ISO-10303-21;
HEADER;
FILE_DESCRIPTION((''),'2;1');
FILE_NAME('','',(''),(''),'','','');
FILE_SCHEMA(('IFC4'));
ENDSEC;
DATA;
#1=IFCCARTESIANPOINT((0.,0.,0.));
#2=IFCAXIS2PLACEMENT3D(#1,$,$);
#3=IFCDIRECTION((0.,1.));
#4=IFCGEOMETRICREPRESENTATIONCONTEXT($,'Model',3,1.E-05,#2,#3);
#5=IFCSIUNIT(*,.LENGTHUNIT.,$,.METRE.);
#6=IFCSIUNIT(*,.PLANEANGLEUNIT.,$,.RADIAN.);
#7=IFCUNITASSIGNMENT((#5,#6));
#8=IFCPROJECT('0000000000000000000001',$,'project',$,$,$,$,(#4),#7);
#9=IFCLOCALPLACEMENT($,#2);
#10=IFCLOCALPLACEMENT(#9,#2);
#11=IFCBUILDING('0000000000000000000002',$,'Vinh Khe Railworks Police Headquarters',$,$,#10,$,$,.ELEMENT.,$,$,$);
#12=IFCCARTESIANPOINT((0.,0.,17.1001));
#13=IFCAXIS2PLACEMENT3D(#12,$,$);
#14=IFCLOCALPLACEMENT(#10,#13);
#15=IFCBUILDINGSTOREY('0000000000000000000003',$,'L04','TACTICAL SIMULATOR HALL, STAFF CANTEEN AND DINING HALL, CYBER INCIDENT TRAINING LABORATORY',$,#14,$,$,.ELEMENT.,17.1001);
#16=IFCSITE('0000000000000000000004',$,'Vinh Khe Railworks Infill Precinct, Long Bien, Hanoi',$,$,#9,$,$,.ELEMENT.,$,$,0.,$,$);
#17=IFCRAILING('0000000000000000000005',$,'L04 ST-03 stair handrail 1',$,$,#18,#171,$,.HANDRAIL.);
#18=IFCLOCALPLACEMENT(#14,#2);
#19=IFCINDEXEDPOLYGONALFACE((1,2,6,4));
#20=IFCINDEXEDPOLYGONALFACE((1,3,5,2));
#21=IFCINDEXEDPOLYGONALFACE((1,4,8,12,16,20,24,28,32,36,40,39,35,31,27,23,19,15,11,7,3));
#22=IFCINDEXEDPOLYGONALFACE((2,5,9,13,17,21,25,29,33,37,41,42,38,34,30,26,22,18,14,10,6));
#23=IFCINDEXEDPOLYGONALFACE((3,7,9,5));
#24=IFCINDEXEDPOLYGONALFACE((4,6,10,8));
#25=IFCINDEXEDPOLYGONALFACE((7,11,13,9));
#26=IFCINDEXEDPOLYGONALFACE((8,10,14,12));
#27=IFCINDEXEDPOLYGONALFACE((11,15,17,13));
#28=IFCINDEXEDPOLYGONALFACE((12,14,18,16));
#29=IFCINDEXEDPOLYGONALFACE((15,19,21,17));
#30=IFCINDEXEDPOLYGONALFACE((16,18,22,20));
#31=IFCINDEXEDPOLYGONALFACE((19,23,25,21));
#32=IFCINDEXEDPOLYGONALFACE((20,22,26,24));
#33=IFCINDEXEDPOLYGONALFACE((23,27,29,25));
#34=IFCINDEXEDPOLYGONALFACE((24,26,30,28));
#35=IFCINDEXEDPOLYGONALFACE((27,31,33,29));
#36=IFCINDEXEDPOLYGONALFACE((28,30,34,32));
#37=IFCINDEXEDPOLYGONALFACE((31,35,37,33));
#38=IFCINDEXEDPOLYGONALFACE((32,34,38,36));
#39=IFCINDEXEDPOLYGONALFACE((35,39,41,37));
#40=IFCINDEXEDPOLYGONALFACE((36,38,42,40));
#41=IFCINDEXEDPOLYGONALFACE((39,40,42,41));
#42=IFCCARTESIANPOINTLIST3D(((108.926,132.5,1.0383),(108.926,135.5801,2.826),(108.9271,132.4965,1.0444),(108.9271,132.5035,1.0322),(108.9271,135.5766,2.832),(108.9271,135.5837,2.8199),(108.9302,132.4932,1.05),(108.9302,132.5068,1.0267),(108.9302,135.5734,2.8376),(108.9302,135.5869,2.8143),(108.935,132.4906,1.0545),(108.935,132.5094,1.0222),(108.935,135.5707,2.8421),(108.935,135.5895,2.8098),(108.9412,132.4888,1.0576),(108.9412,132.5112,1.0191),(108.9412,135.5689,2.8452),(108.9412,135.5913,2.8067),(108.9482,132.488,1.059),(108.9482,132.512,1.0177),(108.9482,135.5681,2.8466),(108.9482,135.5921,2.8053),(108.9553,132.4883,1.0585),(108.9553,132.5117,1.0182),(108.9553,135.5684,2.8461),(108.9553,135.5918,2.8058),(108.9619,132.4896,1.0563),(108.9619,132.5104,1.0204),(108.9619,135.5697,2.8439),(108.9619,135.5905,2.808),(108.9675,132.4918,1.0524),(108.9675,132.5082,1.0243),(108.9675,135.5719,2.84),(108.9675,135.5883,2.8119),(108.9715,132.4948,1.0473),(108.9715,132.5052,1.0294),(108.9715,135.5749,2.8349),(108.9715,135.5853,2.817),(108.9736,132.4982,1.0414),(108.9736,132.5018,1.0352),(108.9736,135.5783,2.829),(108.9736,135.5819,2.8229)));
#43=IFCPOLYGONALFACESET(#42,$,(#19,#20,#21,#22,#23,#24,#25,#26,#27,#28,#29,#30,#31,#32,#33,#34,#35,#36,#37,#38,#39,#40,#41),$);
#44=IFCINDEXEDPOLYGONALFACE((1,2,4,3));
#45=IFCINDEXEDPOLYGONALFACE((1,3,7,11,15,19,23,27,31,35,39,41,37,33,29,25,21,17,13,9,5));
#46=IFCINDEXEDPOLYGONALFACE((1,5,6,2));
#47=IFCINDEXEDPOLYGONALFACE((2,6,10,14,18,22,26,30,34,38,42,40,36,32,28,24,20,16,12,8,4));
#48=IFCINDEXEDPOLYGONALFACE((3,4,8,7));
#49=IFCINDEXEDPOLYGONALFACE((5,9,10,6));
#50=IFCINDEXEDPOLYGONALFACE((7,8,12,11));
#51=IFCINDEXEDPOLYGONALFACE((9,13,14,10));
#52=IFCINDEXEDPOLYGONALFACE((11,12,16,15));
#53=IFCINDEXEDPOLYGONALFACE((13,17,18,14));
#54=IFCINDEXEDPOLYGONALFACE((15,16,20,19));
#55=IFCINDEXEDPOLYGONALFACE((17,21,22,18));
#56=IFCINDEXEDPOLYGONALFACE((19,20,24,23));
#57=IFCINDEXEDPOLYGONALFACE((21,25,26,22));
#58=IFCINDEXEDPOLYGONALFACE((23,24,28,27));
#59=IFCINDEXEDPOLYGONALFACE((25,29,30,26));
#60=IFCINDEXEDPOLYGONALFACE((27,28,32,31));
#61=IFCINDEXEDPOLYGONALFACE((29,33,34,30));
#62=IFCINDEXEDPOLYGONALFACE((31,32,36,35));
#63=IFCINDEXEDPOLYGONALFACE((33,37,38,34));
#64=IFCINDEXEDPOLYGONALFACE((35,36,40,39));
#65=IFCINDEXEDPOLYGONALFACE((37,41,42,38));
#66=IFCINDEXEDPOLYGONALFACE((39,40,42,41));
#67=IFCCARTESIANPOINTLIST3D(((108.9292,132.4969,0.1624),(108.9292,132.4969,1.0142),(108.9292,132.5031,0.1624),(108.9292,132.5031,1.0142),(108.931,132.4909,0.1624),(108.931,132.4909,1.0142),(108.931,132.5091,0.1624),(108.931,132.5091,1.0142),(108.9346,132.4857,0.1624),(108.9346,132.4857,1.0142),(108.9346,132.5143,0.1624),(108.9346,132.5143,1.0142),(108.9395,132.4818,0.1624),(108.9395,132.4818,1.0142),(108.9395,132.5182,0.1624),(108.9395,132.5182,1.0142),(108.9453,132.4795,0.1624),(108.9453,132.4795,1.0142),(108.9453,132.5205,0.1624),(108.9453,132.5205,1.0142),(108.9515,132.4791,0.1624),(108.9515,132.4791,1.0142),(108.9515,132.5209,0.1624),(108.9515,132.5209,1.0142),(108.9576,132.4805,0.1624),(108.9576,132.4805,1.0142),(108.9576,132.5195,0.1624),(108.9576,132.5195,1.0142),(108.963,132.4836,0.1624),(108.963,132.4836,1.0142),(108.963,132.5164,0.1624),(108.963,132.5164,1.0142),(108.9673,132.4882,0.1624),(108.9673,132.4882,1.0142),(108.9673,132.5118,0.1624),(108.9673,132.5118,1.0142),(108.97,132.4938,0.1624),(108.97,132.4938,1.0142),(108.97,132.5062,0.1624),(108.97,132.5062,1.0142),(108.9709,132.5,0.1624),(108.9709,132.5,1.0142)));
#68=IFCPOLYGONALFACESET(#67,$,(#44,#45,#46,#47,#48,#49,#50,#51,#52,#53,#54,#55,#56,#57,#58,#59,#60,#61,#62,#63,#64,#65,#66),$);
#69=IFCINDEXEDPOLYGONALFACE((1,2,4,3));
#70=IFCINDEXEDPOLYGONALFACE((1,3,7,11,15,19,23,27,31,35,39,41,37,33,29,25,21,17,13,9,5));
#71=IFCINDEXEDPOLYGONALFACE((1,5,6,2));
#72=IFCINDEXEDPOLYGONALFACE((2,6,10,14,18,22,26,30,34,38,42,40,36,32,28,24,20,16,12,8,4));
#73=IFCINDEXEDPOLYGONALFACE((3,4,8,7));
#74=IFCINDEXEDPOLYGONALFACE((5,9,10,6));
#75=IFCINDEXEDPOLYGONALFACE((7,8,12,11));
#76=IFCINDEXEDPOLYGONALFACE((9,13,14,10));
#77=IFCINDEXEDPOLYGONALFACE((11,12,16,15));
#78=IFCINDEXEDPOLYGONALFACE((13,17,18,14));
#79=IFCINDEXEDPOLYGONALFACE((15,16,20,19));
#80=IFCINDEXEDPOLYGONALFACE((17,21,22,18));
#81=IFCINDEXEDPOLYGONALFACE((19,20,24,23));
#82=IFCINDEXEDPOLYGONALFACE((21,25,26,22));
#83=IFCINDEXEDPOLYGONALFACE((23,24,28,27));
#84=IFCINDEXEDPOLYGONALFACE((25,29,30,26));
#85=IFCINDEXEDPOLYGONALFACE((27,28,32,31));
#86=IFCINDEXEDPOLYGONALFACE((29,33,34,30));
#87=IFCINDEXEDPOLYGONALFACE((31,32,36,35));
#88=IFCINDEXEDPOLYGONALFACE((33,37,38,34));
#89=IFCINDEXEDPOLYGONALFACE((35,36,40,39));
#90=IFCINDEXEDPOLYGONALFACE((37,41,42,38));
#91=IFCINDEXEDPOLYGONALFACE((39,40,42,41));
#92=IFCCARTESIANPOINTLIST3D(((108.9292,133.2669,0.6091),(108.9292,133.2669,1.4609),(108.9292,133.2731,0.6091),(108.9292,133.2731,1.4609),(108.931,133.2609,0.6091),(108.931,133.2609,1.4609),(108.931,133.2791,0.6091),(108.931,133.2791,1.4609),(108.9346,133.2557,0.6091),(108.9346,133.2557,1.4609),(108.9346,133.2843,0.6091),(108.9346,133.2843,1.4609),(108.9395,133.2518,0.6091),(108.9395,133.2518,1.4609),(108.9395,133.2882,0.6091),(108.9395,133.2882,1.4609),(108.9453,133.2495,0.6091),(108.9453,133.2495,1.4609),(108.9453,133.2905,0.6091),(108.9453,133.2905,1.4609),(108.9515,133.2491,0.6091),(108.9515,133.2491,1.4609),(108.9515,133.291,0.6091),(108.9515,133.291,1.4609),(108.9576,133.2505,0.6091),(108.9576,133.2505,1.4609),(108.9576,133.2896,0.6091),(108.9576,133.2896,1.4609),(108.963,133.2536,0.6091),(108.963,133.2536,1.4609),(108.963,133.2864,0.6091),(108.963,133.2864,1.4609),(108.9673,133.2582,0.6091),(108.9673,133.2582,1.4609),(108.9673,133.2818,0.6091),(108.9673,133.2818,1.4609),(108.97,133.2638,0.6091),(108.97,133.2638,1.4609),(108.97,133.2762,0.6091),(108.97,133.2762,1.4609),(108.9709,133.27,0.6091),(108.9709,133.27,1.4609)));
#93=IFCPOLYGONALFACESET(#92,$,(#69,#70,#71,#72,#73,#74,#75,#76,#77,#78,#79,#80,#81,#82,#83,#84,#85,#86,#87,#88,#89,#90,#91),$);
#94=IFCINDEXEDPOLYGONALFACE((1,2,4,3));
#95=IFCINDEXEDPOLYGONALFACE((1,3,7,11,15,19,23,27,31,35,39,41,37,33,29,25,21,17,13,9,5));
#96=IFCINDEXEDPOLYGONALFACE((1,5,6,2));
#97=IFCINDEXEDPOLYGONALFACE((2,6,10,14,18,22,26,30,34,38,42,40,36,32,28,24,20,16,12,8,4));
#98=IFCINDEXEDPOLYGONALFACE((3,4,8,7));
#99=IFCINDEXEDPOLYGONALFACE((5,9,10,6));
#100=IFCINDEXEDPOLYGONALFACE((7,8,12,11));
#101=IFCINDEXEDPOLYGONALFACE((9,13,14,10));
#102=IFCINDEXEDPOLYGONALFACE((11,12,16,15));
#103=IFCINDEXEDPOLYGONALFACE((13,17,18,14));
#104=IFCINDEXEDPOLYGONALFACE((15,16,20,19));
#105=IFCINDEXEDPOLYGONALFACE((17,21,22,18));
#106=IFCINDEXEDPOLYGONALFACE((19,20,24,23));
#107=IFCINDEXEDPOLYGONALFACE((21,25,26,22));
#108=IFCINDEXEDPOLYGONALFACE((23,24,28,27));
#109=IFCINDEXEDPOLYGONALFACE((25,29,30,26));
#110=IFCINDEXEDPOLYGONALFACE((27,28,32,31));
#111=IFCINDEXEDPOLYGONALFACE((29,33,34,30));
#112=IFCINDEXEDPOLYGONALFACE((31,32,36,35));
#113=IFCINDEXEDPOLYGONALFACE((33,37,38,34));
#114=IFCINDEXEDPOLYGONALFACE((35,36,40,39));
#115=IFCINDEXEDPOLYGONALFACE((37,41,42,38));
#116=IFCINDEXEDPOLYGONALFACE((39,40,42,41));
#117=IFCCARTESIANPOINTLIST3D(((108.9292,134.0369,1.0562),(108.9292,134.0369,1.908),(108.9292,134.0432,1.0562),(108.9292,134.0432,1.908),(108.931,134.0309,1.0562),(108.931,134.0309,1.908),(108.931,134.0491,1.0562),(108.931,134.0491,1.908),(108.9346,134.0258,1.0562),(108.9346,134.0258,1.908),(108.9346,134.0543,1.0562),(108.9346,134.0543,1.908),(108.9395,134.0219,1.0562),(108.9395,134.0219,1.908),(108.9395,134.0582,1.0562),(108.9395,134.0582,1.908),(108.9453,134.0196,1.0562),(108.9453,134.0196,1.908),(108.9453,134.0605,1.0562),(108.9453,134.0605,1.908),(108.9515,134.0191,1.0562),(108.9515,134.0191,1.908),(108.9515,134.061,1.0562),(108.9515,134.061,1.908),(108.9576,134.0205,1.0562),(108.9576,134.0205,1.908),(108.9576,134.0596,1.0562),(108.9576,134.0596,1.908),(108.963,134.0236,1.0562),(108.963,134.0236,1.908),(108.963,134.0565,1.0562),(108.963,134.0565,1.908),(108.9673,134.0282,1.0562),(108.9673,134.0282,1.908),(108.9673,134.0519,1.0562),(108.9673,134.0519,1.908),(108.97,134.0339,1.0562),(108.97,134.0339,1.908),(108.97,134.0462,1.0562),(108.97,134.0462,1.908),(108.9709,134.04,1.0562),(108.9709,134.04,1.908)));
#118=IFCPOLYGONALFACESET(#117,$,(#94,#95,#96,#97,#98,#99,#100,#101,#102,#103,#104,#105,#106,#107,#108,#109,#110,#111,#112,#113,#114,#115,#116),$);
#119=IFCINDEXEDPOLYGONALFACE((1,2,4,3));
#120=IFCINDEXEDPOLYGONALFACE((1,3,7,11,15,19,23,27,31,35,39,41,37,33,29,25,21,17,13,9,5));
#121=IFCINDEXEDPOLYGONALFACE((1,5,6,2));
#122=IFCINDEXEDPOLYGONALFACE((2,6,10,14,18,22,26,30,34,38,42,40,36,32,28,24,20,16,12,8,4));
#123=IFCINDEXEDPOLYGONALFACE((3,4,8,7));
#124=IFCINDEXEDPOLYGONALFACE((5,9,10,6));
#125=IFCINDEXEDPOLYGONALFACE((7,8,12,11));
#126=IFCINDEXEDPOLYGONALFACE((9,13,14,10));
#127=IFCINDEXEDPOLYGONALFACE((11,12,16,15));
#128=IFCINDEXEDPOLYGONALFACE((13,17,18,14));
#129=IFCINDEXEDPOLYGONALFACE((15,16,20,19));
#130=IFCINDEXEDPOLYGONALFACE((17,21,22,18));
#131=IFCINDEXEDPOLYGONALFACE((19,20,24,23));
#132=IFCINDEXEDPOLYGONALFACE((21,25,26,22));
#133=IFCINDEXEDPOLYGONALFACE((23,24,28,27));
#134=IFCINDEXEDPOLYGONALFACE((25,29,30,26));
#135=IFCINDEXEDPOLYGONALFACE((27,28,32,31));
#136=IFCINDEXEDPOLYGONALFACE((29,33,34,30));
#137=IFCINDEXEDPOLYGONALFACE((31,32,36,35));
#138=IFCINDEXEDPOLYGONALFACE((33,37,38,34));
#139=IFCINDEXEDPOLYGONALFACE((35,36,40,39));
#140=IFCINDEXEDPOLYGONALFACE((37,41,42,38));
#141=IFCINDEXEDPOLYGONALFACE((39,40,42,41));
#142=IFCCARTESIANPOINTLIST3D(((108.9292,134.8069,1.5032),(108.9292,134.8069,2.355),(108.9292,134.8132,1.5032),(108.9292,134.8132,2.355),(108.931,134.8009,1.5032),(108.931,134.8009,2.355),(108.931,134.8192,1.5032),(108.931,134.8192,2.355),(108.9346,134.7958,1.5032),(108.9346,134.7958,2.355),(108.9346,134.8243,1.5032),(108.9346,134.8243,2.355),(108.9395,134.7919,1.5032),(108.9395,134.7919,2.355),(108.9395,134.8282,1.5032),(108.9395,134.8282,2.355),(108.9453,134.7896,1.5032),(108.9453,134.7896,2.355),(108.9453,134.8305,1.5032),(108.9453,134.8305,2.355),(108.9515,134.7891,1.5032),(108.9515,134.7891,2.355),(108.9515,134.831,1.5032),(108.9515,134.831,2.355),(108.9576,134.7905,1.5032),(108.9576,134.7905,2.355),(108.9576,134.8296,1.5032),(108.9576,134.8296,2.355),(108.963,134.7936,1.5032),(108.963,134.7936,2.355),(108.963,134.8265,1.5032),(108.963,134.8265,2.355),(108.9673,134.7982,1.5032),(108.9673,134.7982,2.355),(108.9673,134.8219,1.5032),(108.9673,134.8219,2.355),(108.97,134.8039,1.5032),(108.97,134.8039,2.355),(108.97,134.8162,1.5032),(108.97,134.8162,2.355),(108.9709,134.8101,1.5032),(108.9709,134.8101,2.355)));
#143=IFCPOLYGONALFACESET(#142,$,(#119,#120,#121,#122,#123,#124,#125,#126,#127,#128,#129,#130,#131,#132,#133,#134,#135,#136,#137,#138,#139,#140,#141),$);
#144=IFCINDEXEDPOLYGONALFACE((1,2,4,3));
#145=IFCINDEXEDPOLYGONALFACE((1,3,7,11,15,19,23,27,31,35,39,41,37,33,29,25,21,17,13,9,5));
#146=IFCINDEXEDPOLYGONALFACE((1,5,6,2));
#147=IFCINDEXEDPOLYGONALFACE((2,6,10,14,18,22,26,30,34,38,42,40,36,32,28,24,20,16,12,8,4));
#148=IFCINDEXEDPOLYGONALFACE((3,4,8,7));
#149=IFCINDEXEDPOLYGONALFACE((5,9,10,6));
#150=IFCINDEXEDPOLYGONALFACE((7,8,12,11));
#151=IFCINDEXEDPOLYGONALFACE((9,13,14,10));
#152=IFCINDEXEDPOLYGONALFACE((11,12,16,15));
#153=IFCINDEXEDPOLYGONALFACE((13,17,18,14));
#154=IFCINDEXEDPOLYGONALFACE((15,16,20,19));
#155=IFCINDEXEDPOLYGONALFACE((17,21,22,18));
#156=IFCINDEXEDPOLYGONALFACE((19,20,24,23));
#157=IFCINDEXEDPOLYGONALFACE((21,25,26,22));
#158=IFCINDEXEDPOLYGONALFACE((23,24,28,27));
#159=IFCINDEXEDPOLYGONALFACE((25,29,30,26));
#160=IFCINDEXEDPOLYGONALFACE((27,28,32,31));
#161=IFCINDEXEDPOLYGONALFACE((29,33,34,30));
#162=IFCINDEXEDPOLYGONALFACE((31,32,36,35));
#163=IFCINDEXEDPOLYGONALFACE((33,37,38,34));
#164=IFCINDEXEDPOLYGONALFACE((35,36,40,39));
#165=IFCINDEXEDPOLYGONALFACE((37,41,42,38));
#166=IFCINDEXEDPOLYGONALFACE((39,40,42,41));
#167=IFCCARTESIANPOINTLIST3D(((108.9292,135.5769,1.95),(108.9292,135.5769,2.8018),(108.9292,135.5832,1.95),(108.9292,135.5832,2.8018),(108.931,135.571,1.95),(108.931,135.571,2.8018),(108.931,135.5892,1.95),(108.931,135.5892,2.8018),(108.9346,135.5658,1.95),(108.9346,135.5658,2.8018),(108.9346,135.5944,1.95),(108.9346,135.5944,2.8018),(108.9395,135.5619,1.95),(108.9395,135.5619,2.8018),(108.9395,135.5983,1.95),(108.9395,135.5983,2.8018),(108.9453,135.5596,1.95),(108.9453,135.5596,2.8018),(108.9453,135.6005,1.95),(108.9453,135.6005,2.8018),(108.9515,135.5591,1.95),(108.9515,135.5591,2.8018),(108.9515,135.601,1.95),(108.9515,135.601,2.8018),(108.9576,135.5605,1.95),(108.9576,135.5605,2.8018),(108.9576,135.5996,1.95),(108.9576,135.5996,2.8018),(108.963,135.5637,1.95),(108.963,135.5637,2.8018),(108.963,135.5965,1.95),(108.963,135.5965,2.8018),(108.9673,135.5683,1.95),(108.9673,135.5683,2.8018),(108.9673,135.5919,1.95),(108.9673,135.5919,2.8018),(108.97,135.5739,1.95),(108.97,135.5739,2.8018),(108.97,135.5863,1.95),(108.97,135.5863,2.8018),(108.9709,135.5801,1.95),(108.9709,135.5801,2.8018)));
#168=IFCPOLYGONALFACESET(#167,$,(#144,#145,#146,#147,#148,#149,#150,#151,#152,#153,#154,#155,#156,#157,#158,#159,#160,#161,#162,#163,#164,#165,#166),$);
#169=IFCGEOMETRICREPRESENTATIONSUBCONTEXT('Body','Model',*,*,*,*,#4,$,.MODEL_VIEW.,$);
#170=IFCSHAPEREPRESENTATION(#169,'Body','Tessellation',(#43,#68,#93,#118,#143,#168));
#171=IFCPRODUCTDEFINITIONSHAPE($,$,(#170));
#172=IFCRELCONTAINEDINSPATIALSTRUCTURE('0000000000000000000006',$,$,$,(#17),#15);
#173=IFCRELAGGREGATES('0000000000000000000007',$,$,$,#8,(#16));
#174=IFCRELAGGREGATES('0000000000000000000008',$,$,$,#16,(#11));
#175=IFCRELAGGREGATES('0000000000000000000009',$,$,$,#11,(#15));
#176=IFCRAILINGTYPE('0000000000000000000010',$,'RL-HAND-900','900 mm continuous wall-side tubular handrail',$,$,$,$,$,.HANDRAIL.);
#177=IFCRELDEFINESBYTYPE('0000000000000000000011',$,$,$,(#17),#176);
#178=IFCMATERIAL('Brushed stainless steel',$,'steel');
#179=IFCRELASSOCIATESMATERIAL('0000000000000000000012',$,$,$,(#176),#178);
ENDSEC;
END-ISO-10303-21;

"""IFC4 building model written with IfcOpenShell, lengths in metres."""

from ifc_helpers import new_model, si_unit, direction, frame, origin, origin_2d, place, context, subcontext, project, spatial, circle, extrude, material, type_object, element, save


model = new_model("IFC4")

# Units and contexts
model_context = context("Model", 3, precision=1e-05, world=origin(), true_north=direction((0.0, 1.0)))
body_context = subcontext(model_context, "Body", "Model", "MODEL_VIEW")
ifc_project = project(units=[si_unit("LENGTHUNIT", "METRE"), si_unit("PLANEANGLEUNIT", "RADIAN")], contexts=[model_context])

# Site, building, storey
site_placement = place(None, origin())
site = spatial("IfcSite", under=ifc_project, at=site_placement, Name="Vinh Khe Railworks Infill Precinct, Long Bien, Hanoi", CompositionType="ELEMENT", RefElevation=0.0)
building_placement = place(site_placement, origin())
building = spatial("IfcBuilding", under=site, at=building_placement, Name="Vinh Khe Railworks Police Headquarters", CompositionType="ELEMENT")
storey_placement = place(building_placement, frame((0.0, 0.0, 17.1001)))
storey = spatial("IfcBuildingStorey", under=building, at=storey_placement, Name="L04", Description="TACTICAL SIMULATOR HALL, STAFF CANTEEN AND DINING HALL, CYBER INCIDENT TRAINING LABORATORY", CompositionType="ELEMENT", Elevation=17.1001)

# Railing
ifc_material_1 = material(Name="Brushed stainless steel", Category="steel")
railing_type_1 = type_object("IfcRailingType", Name="RL-HAND-900", Description="900 mm continuous wall-side tubular handrail", PredefinedType="HANDRAIL", material=ifc_material_1)
railing_1_placement = place(storey_placement, frame((108.95, 132.5, 0.1624)))
element("IfcRailing", 1, at=railing_1_placement, inside=storey, type_object=railing_type_1, Name="L04 ST-03 stair handrail 1", PredefinedType="HANDRAIL", context=body_context, shape_type="SweptSolid", body=[
    extrude(circle(Radius=0.0239, at=origin_2d()), frame((0.0, 0.0, 0.876), z_axis=(0.0, 0.864891, 0.50196), x_axis=(-1.0, 0.0, 0.0)), (0.0, 0.0, 1.0), 3.5613),
    extrude(circle(Radius=0.021, at=origin_2d()), origin(), (0.0, 0.0, 1.0), 0.8518),
    extrude(circle(Radius=0.021, at=origin_2d()), frame((0.0, 0.77, 0.4468)), (0.0, 0.0, 1.0), 0.8518),
    extrude(circle(Radius=0.021, at=origin_2d()), frame((0.0, 1.54, 0.8938)), (0.0, 0.0, 1.0), 0.8518),
    extrude(circle(Radius=0.021, at=origin_2d()), frame((0.0, 2.3101, 1.3408)), (0.0, 0.0, 1.0), 0.8518),
    extrude(circle(Radius=0.021, at=origin_2d()), frame((0.0, 3.0801, 1.7876)), (0.0, 0.0, 1.0), 0.8518),
])

save(model, "model.ifc")
